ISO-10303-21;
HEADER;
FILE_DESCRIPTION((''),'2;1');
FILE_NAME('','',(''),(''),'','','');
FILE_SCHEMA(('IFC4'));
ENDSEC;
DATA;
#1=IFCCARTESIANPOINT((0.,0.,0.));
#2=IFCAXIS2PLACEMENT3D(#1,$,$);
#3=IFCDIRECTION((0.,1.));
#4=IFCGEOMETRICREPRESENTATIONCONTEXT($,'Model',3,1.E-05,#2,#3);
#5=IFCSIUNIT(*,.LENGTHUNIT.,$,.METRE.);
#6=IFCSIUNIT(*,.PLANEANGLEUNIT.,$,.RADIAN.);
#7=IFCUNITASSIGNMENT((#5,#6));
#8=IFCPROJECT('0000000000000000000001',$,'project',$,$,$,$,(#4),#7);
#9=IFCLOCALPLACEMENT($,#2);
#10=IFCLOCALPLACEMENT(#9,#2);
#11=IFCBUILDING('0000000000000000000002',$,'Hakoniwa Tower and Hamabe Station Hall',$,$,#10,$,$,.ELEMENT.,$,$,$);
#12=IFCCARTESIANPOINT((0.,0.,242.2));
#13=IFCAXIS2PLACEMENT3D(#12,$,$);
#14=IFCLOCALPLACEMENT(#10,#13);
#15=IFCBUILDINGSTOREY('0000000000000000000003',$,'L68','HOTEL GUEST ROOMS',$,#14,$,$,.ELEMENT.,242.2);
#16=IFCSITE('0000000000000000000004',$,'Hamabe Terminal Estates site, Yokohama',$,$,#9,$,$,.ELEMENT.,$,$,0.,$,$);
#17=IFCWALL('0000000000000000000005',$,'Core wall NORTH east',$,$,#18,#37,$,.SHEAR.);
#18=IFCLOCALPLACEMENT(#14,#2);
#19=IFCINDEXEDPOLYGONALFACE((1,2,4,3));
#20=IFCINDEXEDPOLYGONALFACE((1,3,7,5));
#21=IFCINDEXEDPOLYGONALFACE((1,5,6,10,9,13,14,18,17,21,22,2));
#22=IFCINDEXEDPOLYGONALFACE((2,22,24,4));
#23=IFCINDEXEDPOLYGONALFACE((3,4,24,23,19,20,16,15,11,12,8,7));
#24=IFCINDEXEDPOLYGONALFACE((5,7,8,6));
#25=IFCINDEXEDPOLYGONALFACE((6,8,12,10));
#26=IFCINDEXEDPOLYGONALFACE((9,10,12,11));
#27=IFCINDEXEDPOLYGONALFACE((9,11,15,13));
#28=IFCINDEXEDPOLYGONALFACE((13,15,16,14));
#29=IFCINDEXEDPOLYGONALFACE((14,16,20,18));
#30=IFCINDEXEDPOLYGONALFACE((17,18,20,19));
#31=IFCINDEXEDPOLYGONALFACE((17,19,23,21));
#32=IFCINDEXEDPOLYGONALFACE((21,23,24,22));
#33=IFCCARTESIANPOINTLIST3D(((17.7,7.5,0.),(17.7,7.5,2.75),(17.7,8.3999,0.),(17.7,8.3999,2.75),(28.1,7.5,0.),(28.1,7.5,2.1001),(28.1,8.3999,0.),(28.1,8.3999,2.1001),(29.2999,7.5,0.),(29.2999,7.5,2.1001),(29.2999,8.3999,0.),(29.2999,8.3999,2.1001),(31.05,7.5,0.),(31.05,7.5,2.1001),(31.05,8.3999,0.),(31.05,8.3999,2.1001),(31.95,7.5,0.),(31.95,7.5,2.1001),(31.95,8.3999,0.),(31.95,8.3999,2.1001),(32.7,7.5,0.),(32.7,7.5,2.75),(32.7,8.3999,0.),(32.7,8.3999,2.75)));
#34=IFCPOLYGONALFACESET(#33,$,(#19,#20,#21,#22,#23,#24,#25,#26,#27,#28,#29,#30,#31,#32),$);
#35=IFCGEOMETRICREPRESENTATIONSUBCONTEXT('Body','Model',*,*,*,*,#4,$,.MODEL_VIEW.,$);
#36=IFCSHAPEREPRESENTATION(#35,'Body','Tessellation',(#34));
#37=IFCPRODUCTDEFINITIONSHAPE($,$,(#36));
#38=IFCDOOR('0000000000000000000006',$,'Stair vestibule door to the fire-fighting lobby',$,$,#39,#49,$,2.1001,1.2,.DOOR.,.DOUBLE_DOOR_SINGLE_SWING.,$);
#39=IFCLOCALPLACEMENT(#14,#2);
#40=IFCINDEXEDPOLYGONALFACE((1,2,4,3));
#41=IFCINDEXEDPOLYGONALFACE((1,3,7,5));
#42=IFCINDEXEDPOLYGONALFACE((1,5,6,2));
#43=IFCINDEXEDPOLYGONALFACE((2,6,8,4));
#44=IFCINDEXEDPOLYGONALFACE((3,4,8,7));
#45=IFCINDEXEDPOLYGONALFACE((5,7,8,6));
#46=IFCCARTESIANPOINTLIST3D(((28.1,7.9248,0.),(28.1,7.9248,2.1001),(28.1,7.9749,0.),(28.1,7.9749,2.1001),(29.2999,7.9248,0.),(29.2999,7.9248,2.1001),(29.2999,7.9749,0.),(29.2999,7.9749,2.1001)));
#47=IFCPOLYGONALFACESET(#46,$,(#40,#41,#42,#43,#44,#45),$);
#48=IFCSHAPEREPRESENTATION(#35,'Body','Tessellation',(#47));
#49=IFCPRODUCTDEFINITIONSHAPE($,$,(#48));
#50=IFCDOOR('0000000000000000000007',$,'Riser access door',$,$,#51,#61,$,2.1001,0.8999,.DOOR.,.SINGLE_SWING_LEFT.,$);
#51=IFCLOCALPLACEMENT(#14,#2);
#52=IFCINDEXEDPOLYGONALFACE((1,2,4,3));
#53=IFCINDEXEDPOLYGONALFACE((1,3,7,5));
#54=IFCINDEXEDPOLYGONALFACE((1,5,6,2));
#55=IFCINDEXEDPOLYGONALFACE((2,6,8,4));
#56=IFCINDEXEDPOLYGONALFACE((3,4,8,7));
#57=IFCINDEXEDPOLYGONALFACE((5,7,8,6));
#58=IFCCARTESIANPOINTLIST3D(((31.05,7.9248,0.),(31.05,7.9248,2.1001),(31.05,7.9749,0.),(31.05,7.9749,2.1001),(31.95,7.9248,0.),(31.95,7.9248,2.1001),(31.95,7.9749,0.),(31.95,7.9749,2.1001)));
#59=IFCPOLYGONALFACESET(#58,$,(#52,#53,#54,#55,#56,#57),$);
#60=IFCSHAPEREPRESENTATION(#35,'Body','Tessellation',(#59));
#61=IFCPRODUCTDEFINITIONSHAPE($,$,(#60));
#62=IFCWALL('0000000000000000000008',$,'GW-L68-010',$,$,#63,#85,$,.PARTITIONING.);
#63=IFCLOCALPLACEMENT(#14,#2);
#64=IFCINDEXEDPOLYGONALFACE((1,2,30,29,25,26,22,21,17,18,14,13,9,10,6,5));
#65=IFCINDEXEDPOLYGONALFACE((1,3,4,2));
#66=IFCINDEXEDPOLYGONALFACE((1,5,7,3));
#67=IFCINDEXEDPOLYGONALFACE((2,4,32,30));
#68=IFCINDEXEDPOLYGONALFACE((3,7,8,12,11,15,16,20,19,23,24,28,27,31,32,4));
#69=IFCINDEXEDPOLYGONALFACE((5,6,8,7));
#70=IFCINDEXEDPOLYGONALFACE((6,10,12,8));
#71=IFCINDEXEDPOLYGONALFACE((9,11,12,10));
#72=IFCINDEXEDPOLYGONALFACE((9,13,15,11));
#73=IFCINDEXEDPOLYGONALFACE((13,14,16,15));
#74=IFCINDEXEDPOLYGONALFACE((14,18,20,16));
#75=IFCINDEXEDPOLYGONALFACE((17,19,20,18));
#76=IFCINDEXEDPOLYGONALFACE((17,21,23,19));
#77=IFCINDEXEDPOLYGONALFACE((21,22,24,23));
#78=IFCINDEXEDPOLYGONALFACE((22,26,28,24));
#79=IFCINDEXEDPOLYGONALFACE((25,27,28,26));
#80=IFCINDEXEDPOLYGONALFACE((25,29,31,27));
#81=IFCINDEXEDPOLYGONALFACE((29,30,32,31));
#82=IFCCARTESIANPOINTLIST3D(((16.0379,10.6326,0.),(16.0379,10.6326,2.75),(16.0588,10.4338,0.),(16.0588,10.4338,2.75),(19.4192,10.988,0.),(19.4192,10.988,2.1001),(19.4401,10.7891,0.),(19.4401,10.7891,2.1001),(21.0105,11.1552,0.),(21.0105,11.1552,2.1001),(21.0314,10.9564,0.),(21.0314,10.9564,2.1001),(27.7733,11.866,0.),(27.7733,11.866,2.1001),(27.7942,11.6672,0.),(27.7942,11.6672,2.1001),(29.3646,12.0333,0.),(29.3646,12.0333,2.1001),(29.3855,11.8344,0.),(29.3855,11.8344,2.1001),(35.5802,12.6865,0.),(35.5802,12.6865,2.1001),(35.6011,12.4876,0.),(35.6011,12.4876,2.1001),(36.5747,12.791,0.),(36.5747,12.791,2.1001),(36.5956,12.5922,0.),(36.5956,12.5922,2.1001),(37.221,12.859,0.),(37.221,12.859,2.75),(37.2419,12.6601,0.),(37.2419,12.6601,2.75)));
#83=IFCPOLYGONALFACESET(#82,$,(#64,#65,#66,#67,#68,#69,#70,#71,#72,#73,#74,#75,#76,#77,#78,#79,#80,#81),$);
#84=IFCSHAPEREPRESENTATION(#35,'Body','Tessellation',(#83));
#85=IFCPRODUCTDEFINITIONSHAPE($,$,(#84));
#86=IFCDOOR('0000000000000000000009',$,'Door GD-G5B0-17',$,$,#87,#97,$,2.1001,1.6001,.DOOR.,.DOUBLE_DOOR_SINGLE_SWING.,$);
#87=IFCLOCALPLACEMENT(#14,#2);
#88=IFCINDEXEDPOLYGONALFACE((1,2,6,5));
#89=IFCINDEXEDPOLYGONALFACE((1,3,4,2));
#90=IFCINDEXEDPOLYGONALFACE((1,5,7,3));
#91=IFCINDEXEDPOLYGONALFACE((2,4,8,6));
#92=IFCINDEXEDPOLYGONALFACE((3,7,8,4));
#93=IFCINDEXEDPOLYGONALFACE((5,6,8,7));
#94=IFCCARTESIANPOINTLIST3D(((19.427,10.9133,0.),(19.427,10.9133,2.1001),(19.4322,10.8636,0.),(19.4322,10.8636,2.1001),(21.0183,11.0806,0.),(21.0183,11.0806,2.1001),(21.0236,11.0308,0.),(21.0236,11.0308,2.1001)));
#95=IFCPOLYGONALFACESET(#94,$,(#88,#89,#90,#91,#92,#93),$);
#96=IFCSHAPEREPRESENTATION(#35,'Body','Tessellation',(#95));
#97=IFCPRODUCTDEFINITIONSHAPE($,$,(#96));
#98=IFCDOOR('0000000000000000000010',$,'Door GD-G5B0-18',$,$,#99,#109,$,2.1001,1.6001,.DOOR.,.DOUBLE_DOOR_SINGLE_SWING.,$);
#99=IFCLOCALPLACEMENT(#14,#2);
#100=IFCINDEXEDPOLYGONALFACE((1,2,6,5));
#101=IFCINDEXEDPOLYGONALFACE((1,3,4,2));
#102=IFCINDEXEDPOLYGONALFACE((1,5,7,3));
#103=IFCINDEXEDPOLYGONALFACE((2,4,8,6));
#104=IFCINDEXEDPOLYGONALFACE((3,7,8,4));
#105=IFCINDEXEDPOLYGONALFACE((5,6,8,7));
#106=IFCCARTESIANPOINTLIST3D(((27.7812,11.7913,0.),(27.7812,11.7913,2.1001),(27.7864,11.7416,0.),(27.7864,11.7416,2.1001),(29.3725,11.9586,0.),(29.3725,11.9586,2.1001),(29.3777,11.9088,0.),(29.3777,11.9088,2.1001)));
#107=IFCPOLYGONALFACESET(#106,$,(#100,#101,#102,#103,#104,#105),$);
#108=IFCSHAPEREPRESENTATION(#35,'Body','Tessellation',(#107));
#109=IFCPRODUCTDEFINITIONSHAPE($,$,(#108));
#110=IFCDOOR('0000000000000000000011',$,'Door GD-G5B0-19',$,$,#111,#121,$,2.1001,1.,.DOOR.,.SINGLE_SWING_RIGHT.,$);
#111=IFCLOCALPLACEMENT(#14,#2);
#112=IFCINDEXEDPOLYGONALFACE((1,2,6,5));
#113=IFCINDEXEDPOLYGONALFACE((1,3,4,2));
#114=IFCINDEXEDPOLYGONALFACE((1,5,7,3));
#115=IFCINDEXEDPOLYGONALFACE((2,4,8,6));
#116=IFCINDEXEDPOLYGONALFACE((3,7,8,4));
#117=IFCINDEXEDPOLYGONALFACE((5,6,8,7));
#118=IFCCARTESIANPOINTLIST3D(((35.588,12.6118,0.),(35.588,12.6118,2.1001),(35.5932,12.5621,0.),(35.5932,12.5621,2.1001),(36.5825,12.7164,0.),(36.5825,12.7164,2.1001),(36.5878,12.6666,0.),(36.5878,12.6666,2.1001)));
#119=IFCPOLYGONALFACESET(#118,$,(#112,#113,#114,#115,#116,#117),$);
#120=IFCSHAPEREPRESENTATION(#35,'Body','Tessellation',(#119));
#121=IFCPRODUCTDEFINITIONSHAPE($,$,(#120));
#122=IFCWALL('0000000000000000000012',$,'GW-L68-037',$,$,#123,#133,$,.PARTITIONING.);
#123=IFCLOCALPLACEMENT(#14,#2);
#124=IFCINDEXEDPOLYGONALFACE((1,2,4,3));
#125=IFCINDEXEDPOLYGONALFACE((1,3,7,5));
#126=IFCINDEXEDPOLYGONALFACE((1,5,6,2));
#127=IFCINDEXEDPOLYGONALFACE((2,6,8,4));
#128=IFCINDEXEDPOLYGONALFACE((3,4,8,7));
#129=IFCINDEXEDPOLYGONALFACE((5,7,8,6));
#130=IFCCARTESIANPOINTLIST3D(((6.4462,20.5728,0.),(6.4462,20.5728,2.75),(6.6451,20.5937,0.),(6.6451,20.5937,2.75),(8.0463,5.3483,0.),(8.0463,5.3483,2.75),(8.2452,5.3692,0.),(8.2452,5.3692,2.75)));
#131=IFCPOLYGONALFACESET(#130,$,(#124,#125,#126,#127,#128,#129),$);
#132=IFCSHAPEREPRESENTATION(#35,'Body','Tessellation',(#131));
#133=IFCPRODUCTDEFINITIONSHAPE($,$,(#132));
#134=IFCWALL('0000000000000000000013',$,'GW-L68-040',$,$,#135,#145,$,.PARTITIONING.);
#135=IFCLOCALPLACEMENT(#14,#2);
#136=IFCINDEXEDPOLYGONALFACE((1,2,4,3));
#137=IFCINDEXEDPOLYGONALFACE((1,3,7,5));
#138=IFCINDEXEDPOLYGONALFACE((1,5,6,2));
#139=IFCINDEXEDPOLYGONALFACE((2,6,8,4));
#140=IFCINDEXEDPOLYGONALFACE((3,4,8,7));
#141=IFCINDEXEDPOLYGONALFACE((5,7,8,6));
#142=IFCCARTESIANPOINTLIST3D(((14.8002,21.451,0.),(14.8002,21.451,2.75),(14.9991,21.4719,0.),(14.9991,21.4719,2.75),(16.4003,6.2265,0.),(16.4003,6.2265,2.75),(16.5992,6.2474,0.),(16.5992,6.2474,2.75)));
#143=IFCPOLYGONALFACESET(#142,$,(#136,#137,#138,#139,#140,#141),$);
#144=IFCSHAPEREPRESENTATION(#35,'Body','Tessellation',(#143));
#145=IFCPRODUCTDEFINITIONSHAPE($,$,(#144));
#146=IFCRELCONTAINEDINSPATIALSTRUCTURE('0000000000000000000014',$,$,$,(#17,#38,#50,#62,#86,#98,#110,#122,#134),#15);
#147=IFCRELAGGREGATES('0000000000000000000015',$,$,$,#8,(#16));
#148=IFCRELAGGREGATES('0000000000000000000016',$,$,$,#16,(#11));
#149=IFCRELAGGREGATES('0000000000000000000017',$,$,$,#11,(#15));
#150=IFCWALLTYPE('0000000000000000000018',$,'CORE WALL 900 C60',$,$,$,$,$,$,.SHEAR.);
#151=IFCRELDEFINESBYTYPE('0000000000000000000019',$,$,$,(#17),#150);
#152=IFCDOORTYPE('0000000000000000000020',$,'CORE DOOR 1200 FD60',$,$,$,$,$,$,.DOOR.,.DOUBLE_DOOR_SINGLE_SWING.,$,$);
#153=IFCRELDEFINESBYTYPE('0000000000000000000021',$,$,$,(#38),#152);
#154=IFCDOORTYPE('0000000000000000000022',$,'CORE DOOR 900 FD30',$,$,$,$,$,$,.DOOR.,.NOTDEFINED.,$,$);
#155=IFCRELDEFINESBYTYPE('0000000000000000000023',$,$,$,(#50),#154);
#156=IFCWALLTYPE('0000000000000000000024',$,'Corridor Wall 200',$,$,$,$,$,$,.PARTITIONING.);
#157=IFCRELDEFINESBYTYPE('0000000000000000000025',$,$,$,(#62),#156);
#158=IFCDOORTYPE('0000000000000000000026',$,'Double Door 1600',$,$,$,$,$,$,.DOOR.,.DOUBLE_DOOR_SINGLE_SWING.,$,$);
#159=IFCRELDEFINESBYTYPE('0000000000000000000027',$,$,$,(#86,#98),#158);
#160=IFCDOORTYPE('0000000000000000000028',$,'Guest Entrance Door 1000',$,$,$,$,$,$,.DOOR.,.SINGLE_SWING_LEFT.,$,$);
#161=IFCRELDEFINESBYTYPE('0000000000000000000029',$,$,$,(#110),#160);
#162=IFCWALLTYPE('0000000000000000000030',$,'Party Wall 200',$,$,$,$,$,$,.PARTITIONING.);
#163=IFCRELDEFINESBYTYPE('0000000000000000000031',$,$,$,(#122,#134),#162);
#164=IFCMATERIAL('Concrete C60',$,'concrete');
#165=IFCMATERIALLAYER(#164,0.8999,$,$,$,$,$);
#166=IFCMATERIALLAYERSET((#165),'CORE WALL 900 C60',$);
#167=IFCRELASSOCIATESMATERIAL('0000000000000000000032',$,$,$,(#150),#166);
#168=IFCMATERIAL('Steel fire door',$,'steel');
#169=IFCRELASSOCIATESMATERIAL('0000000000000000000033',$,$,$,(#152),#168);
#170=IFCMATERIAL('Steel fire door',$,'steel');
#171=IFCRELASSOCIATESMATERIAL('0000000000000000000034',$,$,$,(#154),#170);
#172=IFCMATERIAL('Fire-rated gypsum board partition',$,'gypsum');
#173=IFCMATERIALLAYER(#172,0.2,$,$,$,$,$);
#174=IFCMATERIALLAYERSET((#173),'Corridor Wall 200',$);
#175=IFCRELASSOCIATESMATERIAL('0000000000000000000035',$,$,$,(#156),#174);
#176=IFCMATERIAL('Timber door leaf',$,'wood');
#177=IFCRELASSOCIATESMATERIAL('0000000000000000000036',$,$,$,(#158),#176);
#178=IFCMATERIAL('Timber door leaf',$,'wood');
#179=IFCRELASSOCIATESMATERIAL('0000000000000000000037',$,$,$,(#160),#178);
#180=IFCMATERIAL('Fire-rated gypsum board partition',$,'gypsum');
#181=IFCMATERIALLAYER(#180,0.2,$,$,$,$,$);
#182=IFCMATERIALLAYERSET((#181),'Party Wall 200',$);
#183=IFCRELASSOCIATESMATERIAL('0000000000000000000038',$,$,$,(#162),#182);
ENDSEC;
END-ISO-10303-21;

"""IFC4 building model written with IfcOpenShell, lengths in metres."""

from ifc_helpers import new_model, si_unit, direction, frame, frame_2d, origin, place, context, subcontext, project, spatial, rectangle, extrude, material, layer, layer_set, type_object, element, fill, save


model = new_model("IFC4")

# Units and contexts
model_context = context("Model", 3, precision=1e-05, world=origin(), true_north=direction((0.0, 1.0)))
body_context = subcontext(model_context, "Body", "Model", "MODEL_VIEW")
ifc_project = project(units=[si_unit("LENGTHUNIT", "METRE"), si_unit("PLANEANGLEUNIT", "RADIAN")], contexts=[model_context])

# Site, building, storey
site_placement = place(None, origin())
site = spatial("IfcSite", under=ifc_project, at=site_placement, Name="Hamabe Terminal Estates site, Yokohama", CompositionType="ELEMENT", RefElevation=0.0)
building_placement = place(site_placement, origin())
building = spatial("IfcBuilding", under=site, at=building_placement, Name="Hakoniwa Tower and Hamabe Station Hall", CompositionType="ELEMENT")
storey_placement = place(building_placement, frame((0.0, 0.0, 242.2)))
storey = spatial("IfcBuildingStorey", under=building, at=storey_placement, Name="L68", Description="HOTEL GUEST ROOMS", CompositionType="ELEMENT", Elevation=242.2)

# Walls, openings, doors
ifc_material_1 = material(Name="Concrete C60", Category="concrete")
ifc_layer_1 = layer(ifc_material_1, 0.8999)
ifc_layer_set_1 = layer_set([ifc_layer_1], Name="CORE WALL 900 C60")
wall_type_1 = type_object("IfcWallType", Name="CORE WALL 900 C60", PredefinedType="SHEAR", material=ifc_layer_set_1)
wall_1_placement = place(storey_placement, frame((17.7, 7.95, 0.0), z_axis=(0.0, 0.0, 1.0), x_axis=(1.0, 0.0, 0.0)))
wall_1 = element("IfcWall", 1, at=wall_1_placement, inside=storey, type_object=wall_type_1, Name="Core wall NORTH east", PredefinedType="SHEAR", context=body_context, shape_type="SweptSolid", body=[
    extrude(rectangle(XDim=15.0, YDim=0.8999, at=frame_2d((7.5, 0.0))), origin(), (0.0, 0.0, 1.0), 2.75),
])
opening_1_placement = place(wall_1_placement, frame((10.3999, 0.0, 0.0)))
opening_1 = element("IfcOpeningElement", 2, at=opening_1_placement, cuts=wall_1, PredefinedType="OPENING", context=body_context, shape_type="SweptSolid", body=[
    extrude(rectangle(XDim=1.2, YDim=2.1001, at=frame_2d((0.6001, 1.05))), frame((0.0, 0.46, 0.0), z_axis=(0.0, -1.0, 0.0), x_axis=(1.0, 0.0, 0.0)), (0.0, 0.0, 1.0), 0.9199),
])
opening_2_placement = place(wall_1_placement, frame((13.3501, 0.0, 0.0)))
opening_2 = element("IfcOpeningElement", 3, at=opening_2_placement, cuts=wall_1, PredefinedType="OPENING", context=body_context, shape_type="SweptSolid", body=[
    extrude(rectangle(XDim=0.8999, YDim=2.1001, at=frame_2d((0.45, 1.05))), frame((0.0, 0.46, 0.0), z_axis=(0.0, -1.0, 0.0), x_axis=(1.0, 0.0, 0.0)), (0.0, 0.0, 1.0), 0.9199),
])
ifc_material_2 = material(Name="Steel fire door", Category="steel")
door_type_1 = type_object("IfcDoorType", Name="CORE DOOR 1200 FD60", OperationType="DOUBLE_DOOR_SINGLE_SWING", PredefinedType="DOOR", material=ifc_material_2)
door_1_placement = place(opening_1_placement, origin())
door_1 = element("IfcDoor", 4, at=door_1_placement, inside=storey, type_object=door_type_1, Name="Stair vestibule door to the fire-fighting lobby", OperationType="DOUBLE_DOOR_SINGLE_SWING", OverallHeight=2.1001, OverallWidth=1.2, PredefinedType="DOOR", context=body_context, shape_type="SweptSolid", body=[
    extrude(rectangle(XDim=1.2, YDim=2.1001, at=frame_2d((0.6001, 1.05))), frame((0.0, 0.0249, 0.0), z_axis=(0.0, -1.0, 0.0), x_axis=(1.0, 0.0, 0.0)), (0.0, 0.0, 1.0), 0.05),
])
fill(opening_1, door_1)
ifc_material_3 = material(Name="Steel fire door", Category="steel")
door_type_2 = type_object("IfcDoorType", Name="CORE DOOR 900 FD30", OperationType="NOTDEFINED", PredefinedType="DOOR", material=ifc_material_3)
door_2_placement = place(opening_2_placement, origin())
door_2 = element("IfcDoor", 5, at=door_2_placement, inside=storey, type_object=door_type_2, Name="Riser access door", OperationType="SINGLE_SWING_LEFT", OverallHeight=2.1001, OverallWidth=0.8999, PredefinedType="DOOR", context=body_context, shape_type="SweptSolid", body=[
    extrude(rectangle(XDim=0.8999, YDim=2.1001, at=frame_2d((0.45, 1.05))), frame((0.0, 0.0249, 0.0), z_axis=(0.0, -1.0, 0.0), x_axis=(1.0, 0.0, 0.0)), (0.0, 0.0, 1.0), 0.05),
])
fill(opening_2, door_2)
ifc_material_4 = material(Name="Fire-rated gypsum board partition", Category="gypsum")
ifc_layer_2 = layer(ifc_material_4, 0.2)
ifc_layer_set_2 = layer_set([ifc_layer_2], Name="Corridor Wall 200")
wall_type_2 = type_object("IfcWallType", Name="Corridor Wall 200", PredefinedType="PARTITIONING", material=ifc_layer_set_2)
wall_2_placement = place(storey_placement, frame((16.0483, 10.5332, 0.0), z_axis=(0.0, 0.0, 1.0), x_axis=(0.994522, 0.104523, 0.0)))
wall_2 = element("IfcWall", 6, at=wall_2_placement, inside=storey, type_object=wall_type_2, Name="GW-L68-010", PredefinedType="PARTITIONING", context=body_context, shape_type="SweptSolid", body=[
    extrude(rectangle(XDim=21.2998, YDim=0.2, at=frame_2d((10.6499, 0.0))), origin(), (0.0, 0.0, 1.0), 2.75),
])
opening_3_placement = place(wall_2_placement, frame((3.3999, 0.0, 0.0)))
opening_3 = element("IfcOpeningElement", 7, at=opening_3_placement, cuts=wall_2, PredefinedType="OPENING", context=body_context, shape_type="SweptSolid", body=[
    extrude(rectangle(XDim=1.6001, YDim=2.1001, at=frame_2d((0.8, 1.05))), frame((0.0, 0.1099, 0.0), z_axis=(0.0, -1.0, 0.0), x_axis=(1.0, 0.0, 0.0)), (0.0, 0.0, 1.0), 0.22),
])
opening_4_placement = place(wall_2_placement, frame((11.8, 0.0, 0.0)))
opening_4 = element("IfcOpeningElement", 8, at=opening_4_placement, cuts=wall_2, PredefinedType="OPENING", context=body_context, shape_type="SweptSolid", body=[
    extrude(rectangle(XDim=1.6001, YDim=2.1001, at=frame_2d((0.8, 1.05))), frame((0.0, 0.1099, 0.0), z_axis=(0.0, -1.0, 0.0), x_axis=(1.0, 0.0, 0.0)), (0.0, 0.0, 1.0), 0.22),
])
opening_5_placement = place(wall_2_placement, frame((19.6499, 0.0, 0.0)))
opening_5 = element("IfcOpeningElement", 9, at=opening_5_placement, cuts=wall_2, PredefinedType="OPENING", context=body_context, shape_type="SweptSolid", body=[
    extrude(rectangle(XDim=1.0, YDim=2.1001, at=frame_2d((0.5, 1.05))), frame((0.0, 0.1099, 0.0), z_axis=(0.0, -1.0, 0.0), x_axis=(1.0, 0.0, 0.0)), (0.0, 0.0, 1.0), 0.22),
])
ifc_material_5 = material(Name="Timber door leaf", Category="wood")
door_type_3 = type_object("IfcDoorType", Name="Double Door 1600", OperationType="DOUBLE_DOOR_SINGLE_SWING", PredefinedType="DOOR", material=ifc_material_5)
door_3_placement = place(opening_3_placement, origin())
door_3 = element("IfcDoor", 10, at=door_3_placement, inside=storey, type_object=door_type_3, Name="Door GD-G5B0-17", OperationType="DOUBLE_DOOR_SINGLE_SWING", OverallHeight=2.1001, OverallWidth=1.6001, PredefinedType="DOOR", context=body_context, shape_type="SweptSolid", body=[
    extrude(rectangle(XDim=1.6001, YDim=2.1001, at=frame_2d((0.8, 1.05))), frame((0.0, 0.0249, 0.0), z_axis=(0.0, -1.0, 0.0), x_axis=(1.0, 0.0, 0.0)), (0.0, 0.0, 1.0), 0.05),
])
fill(opening_3, door_3)
door_4_placement = place(opening_4_placement, origin())
door_4 = element("IfcDoor", 11, at=door_4_placement, inside=storey, type_object=door_type_3, Name="Door GD-G5B0-18", OperationType="DOUBLE_DOOR_SINGLE_SWING", OverallHeight=2.1001, OverallWidth=1.6001, PredefinedType="DOOR", context=body_context, shape_type="SweptSolid", body=[
    extrude(rectangle(XDim=1.6001, YDim=2.1001, at=frame_2d((0.8, 1.05))), frame((0.0, 0.0249, 0.0), z_axis=(0.0, -1.0, 0.0), x_axis=(1.0, 0.0, 0.0)), (0.0, 0.0, 1.0), 0.05),
])
fill(opening_4, door_4)
ifc_material_6 = material(Name="Timber door leaf", Category="wood")
door_type_4 = type_object("IfcDoorType", Name="Guest Entrance Door 1000", OperationType="SINGLE_SWING_LEFT", PredefinedType="DOOR", material=ifc_material_6)
door_5_placement = place(opening_5_placement, origin())
door_5 = element("IfcDoor", 12, at=door_5_placement, inside=storey, type_object=door_type_4, Name="Door GD-G5B0-19", OperationType="SINGLE_SWING_RIGHT", OverallHeight=2.1001, OverallWidth=1.0, PredefinedType="DOOR", context=body_context, shape_type="SweptSolid", body=[
    extrude(rectangle(XDim=1.0, YDim=2.1001, at=frame_2d((0.5, 1.05))), frame((0.0, 0.0249, 0.0), z_axis=(0.0, -1.0, 0.0), x_axis=(1.0, 0.0, 0.0)), (0.0, 0.0, 1.0), 0.05),
])
fill(opening_5, door_5)

# Walls
ifc_material_7 = material(Name="Fire-rated gypsum board partition", Category="gypsum")
ifc_layer_3 = layer(ifc_material_7, 0.2)
ifc_layer_set_3 = layer_set([ifc_layer_3], Name="Party Wall 200")
wall_type_3 = type_object("IfcWallType", Name="Party Wall 200", PredefinedType="PARTITIONING", material=ifc_layer_set_3)
for number, where, z_axis, x_axis, name in (
    (13, (8.1458, 5.3586, 0.0), (0.0, 0.0, 1.0), (-0.104524, 0.994522, 0.0), "GW-L68-037"),
    (14, (16.4998, 6.2368, 0.0), (0.0, 0.0, 1.0), (-0.104524, 0.994522, 0.0), "GW-L68-040"),
):
    element("IfcWall", number, at=place(storey_placement, frame(where, z_axis=z_axis, x_axis=x_axis)), inside=storey, type_object=wall_type_3, Name=name, PredefinedType="PARTITIONING", context=body_context, shape_type="SweptSolid", body=[
        extrude(rectangle(XDim=15.3083, YDim=0.2, at=frame_2d((7.6543, 0.0))), origin(), (0.0, 0.0, 1.0), 2.75),
    ])

save(model, "model.ifc")
